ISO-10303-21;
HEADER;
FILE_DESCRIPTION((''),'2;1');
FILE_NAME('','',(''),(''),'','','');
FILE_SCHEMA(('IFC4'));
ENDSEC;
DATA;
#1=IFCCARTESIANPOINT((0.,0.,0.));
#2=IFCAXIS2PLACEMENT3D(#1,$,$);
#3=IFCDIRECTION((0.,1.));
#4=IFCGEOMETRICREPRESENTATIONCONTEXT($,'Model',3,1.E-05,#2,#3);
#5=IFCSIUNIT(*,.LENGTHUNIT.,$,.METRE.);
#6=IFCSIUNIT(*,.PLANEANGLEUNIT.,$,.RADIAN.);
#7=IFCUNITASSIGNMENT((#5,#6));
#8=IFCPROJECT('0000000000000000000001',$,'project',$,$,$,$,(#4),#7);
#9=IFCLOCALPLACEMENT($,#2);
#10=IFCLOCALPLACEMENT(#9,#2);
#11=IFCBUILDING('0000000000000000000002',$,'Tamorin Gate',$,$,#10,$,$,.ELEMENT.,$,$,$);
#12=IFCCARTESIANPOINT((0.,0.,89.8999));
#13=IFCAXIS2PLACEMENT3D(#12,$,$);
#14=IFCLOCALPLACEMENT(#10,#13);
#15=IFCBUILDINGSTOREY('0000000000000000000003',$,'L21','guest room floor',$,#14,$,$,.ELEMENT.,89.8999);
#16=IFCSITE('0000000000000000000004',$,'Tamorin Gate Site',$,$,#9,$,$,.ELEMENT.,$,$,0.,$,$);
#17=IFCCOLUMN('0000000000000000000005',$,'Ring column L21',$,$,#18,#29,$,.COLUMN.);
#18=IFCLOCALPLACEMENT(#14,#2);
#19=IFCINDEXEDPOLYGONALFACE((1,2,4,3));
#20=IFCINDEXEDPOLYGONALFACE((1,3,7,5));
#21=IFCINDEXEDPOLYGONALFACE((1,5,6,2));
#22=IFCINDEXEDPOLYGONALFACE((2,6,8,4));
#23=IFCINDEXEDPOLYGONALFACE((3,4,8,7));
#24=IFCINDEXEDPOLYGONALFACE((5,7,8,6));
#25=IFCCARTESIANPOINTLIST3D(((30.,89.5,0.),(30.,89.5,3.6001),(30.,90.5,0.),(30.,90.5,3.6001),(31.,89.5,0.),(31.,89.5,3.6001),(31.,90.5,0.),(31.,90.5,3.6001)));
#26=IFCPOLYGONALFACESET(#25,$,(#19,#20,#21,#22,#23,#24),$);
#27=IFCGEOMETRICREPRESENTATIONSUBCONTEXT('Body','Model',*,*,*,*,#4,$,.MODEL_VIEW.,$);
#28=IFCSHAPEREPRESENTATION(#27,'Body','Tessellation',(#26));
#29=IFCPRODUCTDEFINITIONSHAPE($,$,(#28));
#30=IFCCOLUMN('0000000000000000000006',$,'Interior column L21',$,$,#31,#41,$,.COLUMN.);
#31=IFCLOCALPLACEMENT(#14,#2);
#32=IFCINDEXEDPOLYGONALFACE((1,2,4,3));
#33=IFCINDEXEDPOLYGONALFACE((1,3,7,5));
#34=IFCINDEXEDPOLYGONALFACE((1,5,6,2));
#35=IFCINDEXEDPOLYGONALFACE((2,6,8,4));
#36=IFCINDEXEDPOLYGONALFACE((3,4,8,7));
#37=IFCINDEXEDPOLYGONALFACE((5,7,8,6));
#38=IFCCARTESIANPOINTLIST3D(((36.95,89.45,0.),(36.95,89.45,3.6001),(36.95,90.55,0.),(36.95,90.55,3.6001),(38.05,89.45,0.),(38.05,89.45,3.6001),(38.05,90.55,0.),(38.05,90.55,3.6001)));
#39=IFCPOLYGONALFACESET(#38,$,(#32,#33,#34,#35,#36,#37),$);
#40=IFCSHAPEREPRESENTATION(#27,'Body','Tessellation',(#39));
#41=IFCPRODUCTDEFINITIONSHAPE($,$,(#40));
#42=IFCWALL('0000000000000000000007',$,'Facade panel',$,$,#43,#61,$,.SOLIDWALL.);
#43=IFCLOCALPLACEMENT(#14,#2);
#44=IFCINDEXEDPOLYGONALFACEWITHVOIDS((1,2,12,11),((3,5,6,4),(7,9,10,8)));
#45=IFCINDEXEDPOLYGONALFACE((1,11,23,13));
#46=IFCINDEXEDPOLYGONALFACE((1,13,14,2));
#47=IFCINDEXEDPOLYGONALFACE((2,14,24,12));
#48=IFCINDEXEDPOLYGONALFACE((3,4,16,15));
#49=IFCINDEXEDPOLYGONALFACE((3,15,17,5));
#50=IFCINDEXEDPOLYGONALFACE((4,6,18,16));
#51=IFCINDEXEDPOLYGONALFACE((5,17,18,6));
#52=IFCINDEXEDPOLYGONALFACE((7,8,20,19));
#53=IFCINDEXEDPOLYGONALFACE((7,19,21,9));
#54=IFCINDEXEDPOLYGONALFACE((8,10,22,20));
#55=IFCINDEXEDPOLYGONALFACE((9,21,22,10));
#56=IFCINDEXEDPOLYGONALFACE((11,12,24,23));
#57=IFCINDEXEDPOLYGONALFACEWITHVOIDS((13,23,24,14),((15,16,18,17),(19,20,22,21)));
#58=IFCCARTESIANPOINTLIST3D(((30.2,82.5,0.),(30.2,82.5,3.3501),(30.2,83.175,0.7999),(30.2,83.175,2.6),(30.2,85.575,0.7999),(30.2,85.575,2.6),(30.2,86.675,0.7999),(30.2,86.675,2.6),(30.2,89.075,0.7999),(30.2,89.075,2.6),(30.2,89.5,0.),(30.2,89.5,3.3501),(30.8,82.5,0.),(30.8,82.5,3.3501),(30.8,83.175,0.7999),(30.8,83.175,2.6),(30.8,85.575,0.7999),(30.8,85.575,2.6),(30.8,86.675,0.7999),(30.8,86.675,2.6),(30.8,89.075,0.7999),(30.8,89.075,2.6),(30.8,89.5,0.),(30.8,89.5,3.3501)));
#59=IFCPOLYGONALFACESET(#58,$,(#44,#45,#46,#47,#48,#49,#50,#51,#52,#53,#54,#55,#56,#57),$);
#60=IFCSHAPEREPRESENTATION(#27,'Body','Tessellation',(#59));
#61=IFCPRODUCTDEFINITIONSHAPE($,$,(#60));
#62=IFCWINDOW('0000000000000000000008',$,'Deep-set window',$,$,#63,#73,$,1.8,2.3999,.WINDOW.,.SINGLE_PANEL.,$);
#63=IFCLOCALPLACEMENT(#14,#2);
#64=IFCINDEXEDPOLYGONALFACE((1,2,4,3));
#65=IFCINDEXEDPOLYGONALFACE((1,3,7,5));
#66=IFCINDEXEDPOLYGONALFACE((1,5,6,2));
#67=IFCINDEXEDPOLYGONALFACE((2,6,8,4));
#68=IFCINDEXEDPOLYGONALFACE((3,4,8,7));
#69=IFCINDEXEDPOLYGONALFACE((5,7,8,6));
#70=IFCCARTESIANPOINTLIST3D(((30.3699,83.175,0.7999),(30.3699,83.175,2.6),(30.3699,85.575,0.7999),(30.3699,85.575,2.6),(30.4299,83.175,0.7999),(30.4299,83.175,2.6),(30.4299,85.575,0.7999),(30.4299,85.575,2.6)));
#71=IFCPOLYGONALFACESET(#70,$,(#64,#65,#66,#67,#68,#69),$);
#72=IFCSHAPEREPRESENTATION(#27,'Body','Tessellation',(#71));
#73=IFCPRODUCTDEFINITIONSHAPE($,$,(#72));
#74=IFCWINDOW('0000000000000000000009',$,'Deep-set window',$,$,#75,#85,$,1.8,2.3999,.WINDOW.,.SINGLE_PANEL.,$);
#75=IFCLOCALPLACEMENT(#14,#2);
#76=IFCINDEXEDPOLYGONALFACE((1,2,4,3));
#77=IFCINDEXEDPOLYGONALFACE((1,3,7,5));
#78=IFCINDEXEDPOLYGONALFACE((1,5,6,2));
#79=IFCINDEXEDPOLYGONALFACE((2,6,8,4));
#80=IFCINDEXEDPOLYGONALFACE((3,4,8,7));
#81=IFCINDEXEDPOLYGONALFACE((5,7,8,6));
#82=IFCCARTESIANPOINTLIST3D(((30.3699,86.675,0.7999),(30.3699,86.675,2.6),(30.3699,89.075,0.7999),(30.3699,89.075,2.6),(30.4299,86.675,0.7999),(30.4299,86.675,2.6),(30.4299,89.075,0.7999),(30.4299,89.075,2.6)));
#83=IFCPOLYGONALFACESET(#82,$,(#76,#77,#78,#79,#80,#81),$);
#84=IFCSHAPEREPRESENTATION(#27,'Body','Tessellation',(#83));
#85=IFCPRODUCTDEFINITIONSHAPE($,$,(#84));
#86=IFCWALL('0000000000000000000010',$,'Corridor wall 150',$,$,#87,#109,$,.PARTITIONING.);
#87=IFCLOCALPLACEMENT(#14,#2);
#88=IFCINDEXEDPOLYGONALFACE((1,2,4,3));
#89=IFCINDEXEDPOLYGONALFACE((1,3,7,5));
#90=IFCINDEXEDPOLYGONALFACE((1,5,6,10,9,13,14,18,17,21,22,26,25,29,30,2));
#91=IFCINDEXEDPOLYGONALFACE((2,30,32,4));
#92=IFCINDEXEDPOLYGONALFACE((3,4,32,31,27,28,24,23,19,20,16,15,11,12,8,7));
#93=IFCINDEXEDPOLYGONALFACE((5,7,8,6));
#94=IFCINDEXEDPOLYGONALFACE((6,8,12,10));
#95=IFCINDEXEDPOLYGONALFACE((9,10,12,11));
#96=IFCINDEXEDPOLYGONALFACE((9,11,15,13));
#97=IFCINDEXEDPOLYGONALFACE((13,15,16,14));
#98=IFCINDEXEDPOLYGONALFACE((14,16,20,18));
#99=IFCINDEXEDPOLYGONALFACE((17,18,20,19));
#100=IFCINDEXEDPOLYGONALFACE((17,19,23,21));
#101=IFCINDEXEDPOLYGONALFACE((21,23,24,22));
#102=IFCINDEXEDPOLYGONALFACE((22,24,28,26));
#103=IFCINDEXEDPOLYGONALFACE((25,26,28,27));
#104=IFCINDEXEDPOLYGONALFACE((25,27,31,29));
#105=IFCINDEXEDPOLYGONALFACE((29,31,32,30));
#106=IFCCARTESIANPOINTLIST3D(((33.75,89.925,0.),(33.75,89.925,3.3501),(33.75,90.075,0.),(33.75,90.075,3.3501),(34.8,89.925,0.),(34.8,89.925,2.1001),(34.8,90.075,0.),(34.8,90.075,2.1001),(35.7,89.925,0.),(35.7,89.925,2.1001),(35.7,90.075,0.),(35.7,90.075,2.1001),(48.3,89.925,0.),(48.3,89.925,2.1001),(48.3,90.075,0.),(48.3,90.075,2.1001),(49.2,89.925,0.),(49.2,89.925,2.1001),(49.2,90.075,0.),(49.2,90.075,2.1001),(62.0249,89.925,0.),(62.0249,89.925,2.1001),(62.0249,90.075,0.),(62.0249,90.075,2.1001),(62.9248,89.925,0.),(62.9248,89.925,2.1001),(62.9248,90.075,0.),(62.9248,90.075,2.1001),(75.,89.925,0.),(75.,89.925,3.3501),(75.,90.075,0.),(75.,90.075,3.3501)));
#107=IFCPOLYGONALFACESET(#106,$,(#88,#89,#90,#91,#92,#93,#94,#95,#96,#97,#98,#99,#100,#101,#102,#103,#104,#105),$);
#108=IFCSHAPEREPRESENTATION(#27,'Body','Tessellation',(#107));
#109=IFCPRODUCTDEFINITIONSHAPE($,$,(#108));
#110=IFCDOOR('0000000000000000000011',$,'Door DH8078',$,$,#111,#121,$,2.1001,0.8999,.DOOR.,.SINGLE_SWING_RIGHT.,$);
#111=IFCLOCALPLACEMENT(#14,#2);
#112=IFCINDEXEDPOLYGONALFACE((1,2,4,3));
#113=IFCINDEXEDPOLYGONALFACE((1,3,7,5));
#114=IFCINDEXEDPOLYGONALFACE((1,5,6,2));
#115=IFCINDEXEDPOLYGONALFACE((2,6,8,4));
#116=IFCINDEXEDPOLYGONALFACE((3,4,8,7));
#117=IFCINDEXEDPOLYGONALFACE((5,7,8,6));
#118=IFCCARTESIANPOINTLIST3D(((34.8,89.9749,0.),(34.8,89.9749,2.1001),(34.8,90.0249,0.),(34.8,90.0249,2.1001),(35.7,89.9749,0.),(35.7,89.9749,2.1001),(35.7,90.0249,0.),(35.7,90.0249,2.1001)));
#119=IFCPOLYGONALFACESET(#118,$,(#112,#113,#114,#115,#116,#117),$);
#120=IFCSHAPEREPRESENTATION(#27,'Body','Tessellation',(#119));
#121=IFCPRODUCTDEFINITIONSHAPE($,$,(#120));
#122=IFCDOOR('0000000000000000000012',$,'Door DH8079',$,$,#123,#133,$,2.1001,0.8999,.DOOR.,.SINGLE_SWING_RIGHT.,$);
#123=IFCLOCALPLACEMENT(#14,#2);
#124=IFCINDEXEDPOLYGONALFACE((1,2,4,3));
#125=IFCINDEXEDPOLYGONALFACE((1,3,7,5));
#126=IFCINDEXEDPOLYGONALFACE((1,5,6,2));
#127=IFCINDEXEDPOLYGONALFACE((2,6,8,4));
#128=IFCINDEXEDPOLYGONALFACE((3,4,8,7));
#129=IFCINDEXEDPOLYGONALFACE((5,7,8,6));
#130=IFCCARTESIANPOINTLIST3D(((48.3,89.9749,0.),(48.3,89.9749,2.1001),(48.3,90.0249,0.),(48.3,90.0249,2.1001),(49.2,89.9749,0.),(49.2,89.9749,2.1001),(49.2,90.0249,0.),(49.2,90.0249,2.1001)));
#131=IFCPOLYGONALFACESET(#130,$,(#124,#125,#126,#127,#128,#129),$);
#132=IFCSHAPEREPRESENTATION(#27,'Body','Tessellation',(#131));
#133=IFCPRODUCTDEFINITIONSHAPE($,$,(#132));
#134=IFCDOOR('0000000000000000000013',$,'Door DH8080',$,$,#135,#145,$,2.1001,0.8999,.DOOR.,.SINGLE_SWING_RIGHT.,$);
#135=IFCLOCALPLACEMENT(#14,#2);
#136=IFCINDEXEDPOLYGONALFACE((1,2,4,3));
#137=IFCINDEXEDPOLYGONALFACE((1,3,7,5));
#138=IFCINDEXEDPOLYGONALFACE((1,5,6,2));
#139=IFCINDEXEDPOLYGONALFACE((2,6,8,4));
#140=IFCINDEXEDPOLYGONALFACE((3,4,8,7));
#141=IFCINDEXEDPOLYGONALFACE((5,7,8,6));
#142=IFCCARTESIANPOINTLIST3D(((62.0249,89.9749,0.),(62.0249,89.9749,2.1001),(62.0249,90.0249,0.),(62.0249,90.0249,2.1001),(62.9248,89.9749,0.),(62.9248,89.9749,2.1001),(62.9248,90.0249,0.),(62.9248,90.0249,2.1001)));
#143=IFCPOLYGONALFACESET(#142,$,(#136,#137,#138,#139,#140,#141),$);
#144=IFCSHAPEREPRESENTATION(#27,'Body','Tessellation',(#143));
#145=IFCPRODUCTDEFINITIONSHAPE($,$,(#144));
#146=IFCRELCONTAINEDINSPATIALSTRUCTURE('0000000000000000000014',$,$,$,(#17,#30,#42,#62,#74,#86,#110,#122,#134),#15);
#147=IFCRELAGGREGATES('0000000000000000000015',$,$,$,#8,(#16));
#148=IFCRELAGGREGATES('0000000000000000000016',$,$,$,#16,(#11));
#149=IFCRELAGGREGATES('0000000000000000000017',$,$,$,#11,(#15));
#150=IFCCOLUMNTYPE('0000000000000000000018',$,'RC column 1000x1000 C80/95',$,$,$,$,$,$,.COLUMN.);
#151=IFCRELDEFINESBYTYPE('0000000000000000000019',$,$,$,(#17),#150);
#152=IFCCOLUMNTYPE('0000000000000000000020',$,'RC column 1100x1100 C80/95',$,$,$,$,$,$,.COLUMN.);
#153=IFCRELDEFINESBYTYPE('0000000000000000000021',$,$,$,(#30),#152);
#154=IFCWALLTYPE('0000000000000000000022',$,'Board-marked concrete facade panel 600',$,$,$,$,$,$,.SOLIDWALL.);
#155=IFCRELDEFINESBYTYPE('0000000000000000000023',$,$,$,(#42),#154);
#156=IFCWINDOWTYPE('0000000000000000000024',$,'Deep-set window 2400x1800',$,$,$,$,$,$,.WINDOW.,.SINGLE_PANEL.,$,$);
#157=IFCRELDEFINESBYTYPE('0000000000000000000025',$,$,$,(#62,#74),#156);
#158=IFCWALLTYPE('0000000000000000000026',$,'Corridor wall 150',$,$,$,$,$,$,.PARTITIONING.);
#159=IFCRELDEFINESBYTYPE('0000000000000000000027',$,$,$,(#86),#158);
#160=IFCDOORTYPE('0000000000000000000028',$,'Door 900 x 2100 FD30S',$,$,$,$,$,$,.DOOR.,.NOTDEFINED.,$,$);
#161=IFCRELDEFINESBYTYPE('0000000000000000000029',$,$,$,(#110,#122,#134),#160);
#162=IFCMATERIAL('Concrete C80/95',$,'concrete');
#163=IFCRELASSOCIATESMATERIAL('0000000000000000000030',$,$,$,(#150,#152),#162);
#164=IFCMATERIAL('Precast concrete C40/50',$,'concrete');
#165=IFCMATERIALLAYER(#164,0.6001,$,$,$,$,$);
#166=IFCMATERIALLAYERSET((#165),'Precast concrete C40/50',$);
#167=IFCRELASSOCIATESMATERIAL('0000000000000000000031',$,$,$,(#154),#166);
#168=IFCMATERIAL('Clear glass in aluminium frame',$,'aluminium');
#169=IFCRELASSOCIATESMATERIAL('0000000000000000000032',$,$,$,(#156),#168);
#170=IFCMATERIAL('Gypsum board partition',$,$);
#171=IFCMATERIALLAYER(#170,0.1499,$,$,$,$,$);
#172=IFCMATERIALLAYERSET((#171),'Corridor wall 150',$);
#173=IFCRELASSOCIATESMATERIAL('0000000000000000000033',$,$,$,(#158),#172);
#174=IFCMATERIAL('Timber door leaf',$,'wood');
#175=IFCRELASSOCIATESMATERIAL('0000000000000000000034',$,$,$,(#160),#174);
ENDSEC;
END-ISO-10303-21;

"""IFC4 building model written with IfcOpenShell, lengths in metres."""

from ifc_helpers import new_model, si_unit, direction, frame, frame_2d, origin, origin_2d, place, context, subcontext, project, spatial, rectangle, extrude, material, layer, layer_set, material_profile, profile_set, type_object, element, fill, save


model = new_model("IFC4")

# Units and contexts
model_context = context("Model", 3, precision=1e-05, world=origin(), true_north=direction((0.0, 1.0)))
body_context = subcontext(model_context, "Body", "Model", "MODEL_VIEW")
ifc_project = project(units=[si_unit("LENGTHUNIT", "METRE"), si_unit("PLANEANGLEUNIT", "RADIAN")], contexts=[model_context])

# Site, building, storey
site_placement = place(None, origin())
site = spatial("IfcSite", under=ifc_project, at=site_placement, Name="Tamorin Gate Site", CompositionType="ELEMENT", RefElevation=0.0)
building_placement = place(site_placement, origin())
building = spatial("IfcBuilding", under=site, at=building_placement, Name="Tamorin Gate", CompositionType="ELEMENT")
storey_placement = place(building_placement, frame((0.0, 0.0, 89.8999)))
storey = spatial("IfcBuildingStorey", under=building, at=storey_placement, Name="L21", Description="guest room floor", CompositionType="ELEMENT", Elevation=89.8999)

# Columns
ifc_material_1 = material(Name="Concrete C80/95", Category="concrete")
ifc_material_profile_1 = material_profile(ifc_material_1, rectangle(XDim=1.0, YDim=1.0, at=origin_2d()), Name="RC 1000x1000")
ifc_profile_set_1 = profile_set([ifc_material_profile_1], Name="Concrete C80/95")
column_type_1 = type_object("IfcColumnType", Name="RC column 1000x1000 C80/95", PredefinedType="COLUMN", material=ifc_profile_set_1)
column_1_placement = place(storey_placement, frame((30.5, 90.0, 0.0), z_axis=(0.0, 0.0, 1.0), x_axis=(1.0, 0.0, 0.0)))
element("IfcColumn", 1, at=column_1_placement, inside=storey, type_object=column_type_1, Name="Ring column L21", PredefinedType="COLUMN", context=body_context, shape_type="SweptSolid", body=[
    extrude(rectangle(XDim=1.0, YDim=1.0, at=origin_2d()), origin(), (0.0, 0.0, 1.0), 3.6001),
])
ifc_material_profile_2 = material_profile(ifc_material_1, rectangle(XDim=1.1001, YDim=1.1001, at=origin_2d()), Name="RC 1100x1100")
ifc_profile_set_2 = profile_set([ifc_material_profile_2], Name="Concrete C80/95")
column_type_2 = type_object("IfcColumnType", Name="RC column 1100x1100 C80/95", PredefinedType="COLUMN", material=ifc_profile_set_2)
column_2_placement = place(storey_placement, frame((37.5, 90.0, 0.0), z_axis=(0.0, 0.0, 1.0), x_axis=(1.0, 0.0, 0.0)))
element("IfcColumn", 2, at=column_2_placement, inside=storey, type_object=column_type_2, Name="Interior column L21", PredefinedType="COLUMN", context=body_context, shape_type="SweptSolid", body=[
    extrude(rectangle(XDim=1.1001, YDim=1.1001, at=origin_2d()), origin(), (0.0, 0.0, 1.0), 3.6001),
])

# Wall, openings, windows
ifc_material_2 = material(Name="Precast concrete C40/50", Category="concrete")
ifc_layer_1 = layer(ifc_material_2, 0.6001)
ifc_layer_set_1 = layer_set([ifc_layer_1], Name="Precast concrete C40/50")
wall_type_1 = type_object("IfcWallType", Name="Board-marked concrete facade panel 600", PredefinedType="SOLIDWALL", material=ifc_layer_set_1)
wall_1_placement = place(storey_placement, frame((30.5, 89.5, 0.0), z_axis=(0.0, 0.0, 1.0), x_axis=(0.0, -1.0, 0.0)))
wall_1 = element("IfcWall", 3, at=wall_1_placement, inside=storey, type_object=wall_type_1, Name="Facade panel", PredefinedType="SOLIDWALL", context=body_context, shape_type="SweptSolid", body=[
    extrude(rectangle(XDim=7.0, YDim=0.6001, at=frame_2d((3.5, 0.0))), origin(), (0.0, 0.0, 1.0), 3.3501),
])
opening_1_placement = place(wall_1_placement, frame((3.925, 0.0, 0.8)))
opening_1 = element("IfcOpeningElement", 4, at=opening_1_placement, cuts=wall_1, PredefinedType="OPENING", context=body_context, shape_type="SweptSolid", body=[
    extrude(rectangle(XDim=2.3999, YDim=1.8, at=frame_2d((1.2, 0.8999))), frame((0.0, 0.3101, 0.0), z_axis=(0.0, -1.0, 0.0), x_axis=(1.0, 0.0, 0.0)), (0.0, 0.0, 1.0), 0.6201),
])
opening_2_placement = place(wall_1_placement, frame((0.425, 0.0, 0.8)))
opening_2 = element("IfcOpeningElement", 5, at=opening_2_placement, cuts=wall_1, PredefinedType="OPENING", context=body_context, shape_type="SweptSolid", body=[
    extrude(rectangle(XDim=2.3999, YDim=1.8, at=frame_2d((1.2, 0.8999))), frame((0.0, 0.3101, 0.0), z_axis=(0.0, -1.0, 0.0), x_axis=(1.0, 0.0, 0.0)), (0.0, 0.0, 1.0), 0.6201),
])
ifc_material_3 = material(Name="Clear glass in aluminium frame", Category="aluminium")
window_type = type_object("IfcWindowType", Name="Deep-set window 2400x1800", PartitioningType="SINGLE_PANEL", PredefinedType="WINDOW", material=ifc_material_3)
window_1_placement = place(opening_1_placement, origin())
window_1 = element("IfcWindow", 6, at=window_1_placement, inside=storey, type_object=window_type, Name="Deep-set window", OverallHeight=1.8, OverallWidth=2.3999, PartitioningType="SINGLE_PANEL", PredefinedType="WINDOW", context=body_context, shape_type="SweptSolid", body=[
    extrude(rectangle(XDim=2.3999, YDim=1.8, at=frame_2d((1.2, 0.8999))), frame((0.0, -0.0701, 0.0), z_axis=(0.0, -1.0, 0.0), x_axis=(1.0, 0.0, 0.0)), (0.0, 0.0, 1.0), 0.0601),
])
fill(opening_1, window_1)
window_2_placement = place(opening_2_placement, origin())
window_2 = element("IfcWindow", 7, at=window_2_placement, inside=storey, type_object=window_type, Name="Deep-set window", OverallHeight=1.8, OverallWidth=2.3999, PartitioningType="SINGLE_PANEL", PredefinedType="WINDOW", context=body_context, shape_type="SweptSolid", body=[
    extrude(rectangle(XDim=2.3999, YDim=1.8, at=frame_2d((1.2, 0.8999))), frame((0.0, -0.0701, 0.0), z_axis=(0.0, -1.0, 0.0), x_axis=(1.0, 0.0, 0.0)), (0.0, 0.0, 1.0), 0.0601),
])
fill(opening_2, window_2)

# Wall, openings, doors
ifc_material_4 = material(Name="Gypsum board partition")
ifc_layer_2 = layer(ifc_material_4, 0.1499)
ifc_layer_set_2 = layer_set([ifc_layer_2], Name="Corridor wall 150")
wall_type_2 = type_object("IfcWallType", Name="Corridor wall 150", PredefinedType="PARTITIONING", material=ifc_layer_set_2)
wall_2_placement = place(storey_placement, frame((33.75, 90.0, 0.0), z_axis=(0.0, 0.0, 1.0), x_axis=(1.0, 0.0, 0.0)))
wall_2 = element("IfcWall", 8, at=wall_2_placement, inside=storey, type_object=wall_type_2, Name="Corridor wall 150", PredefinedType="PARTITIONING", context=body_context, shape_type="SweptSolid", body=[
    extrude(rectangle(XDim=41.25, YDim=0.1499, at=frame_2d((20.625, 0.0))), origin(), (0.0, 0.0, 1.0), 3.3501),
])
opening_3_placement = place(wall_2_placement, frame((1.05, 0.0, 0.0)))
opening_3 = element("IfcOpeningElement", 9, at=opening_3_placement, cuts=wall_2, PredefinedType="OPENING", context=body_context, shape_type="SweptSolid", body=[
    extrude(rectangle(XDim=0.8999, YDim=2.1001, at=frame_2d((0.45, 1.05))), frame((0.0, 0.085, 0.0), z_axis=(0.0, -1.0, 0.0), x_axis=(1.0, 0.0, 0.0)), (0.0, 0.0, 1.0), 0.1699),
])
opening_4_placement = place(wall_2_placement, frame((14.55, 0.0, 0.0)))
opening_4 = element("IfcOpeningElement", 10, at=opening_4_placement, cuts=wall_2, PredefinedType="OPENING", context=body_context, shape_type="SweptSolid", body=[
    extrude(rectangle(XDim=0.8999, YDim=2.1001, at=frame_2d((0.45, 1.05))), frame((0.0, 0.085, 0.0), z_axis=(0.0, -1.0, 0.0), x_axis=(1.0, 0.0, 0.0)), (0.0, 0.0, 1.0), 0.1699),
])
opening_5_placement = place(wall_2_placement, frame((28.2749, 0.0, 0.0)))
opening_5 = element("IfcOpeningElement", 11, at=opening_5_placement, cuts=wall_2, PredefinedType="OPENING", context=body_context, shape_type="SweptSolid", body=[
    extrude(rectangle(XDim=0.8999, YDim=2.1001, at=frame_2d((0.45, 1.05))), frame((0.0, 0.085, 0.0), z_axis=(0.0, -1.0, 0.0), x_axis=(1.0, 0.0, 0.0)), (0.0, 0.0, 1.0), 0.1699),
])
ifc_material_5 = material(Name="Timber door leaf", Category="wood")
door_type_1 = type_object("IfcDoorType", Name="Door 900 x 2100 FD30S", OperationType="NOTDEFINED", PredefinedType="DOOR", material=ifc_material_5)
door_1_placement = place(opening_3_placement, origin())
door_1 = element("IfcDoor", 12, at=door_1_placement, inside=storey, type_object=door_type_1, Name="Door DH8078", OperationType="SINGLE_SWING_RIGHT", OverallHeight=2.1001, OverallWidth=0.8999, PredefinedType="DOOR", context=body_context, shape_type="SweptSolid", body=[
    extrude(rectangle(XDim=0.8999, YDim=2.1001, at=frame_2d((0.45, 1.05))), frame((0.0, 0.0249, 0.0), z_axis=(0.0, -1.0, 0.0), x_axis=(1.0, 0.0, 0.0)), (0.0, 0.0, 1.0), 0.05),
])
fill(opening_3, door_1)
door_2_placement = place(opening_4_placement, origin())
door_2 = element("IfcDoor", 13, at=door_2_placement, inside=storey, type_object=door_type_1, Name="Door DH8079", OperationType="SINGLE_SWING_RIGHT", OverallHeight=2.1001, OverallWidth=0.8999, PredefinedType="DOOR", context=body_context, shape_type="SweptSolid", body=[
    extrude(rectangle(XDim=0.8999, YDim=2.1001, at=frame_2d((0.45, 1.05))), frame((0.0, 0.0249, 0.0), z_axis=(0.0, -1.0, 0.0), x_axis=(1.0, 0.0, 0.0)), (0.0, 0.0, 1.0), 0.05),
])
fill(opening_4, door_2)
door_3_placement = place(opening_5_placement, origin())
door_3 = element("IfcDoor", 14, at=door_3_placement, inside=storey, type_object=door_type_1, Name="Door DH8080", OperationType="SINGLE_SWING_RIGHT", OverallHeight=2.1001, OverallWidth=0.8999, PredefinedType="DOOR", context=body_context, shape_type="SweptSolid", body=[
    extrude(rectangle(XDim=0.8999, YDim=2.1001, at=frame_2d((0.45, 1.05))), frame((0.0, 0.0249, 0.0), z_axis=(0.0, -1.0, 0.0), x_axis=(1.0, 0.0, 0.0)), (0.0, 0.0, 1.0), 0.05),
])
fill(opening_5, door_3)

save(model, "model.ifc")
